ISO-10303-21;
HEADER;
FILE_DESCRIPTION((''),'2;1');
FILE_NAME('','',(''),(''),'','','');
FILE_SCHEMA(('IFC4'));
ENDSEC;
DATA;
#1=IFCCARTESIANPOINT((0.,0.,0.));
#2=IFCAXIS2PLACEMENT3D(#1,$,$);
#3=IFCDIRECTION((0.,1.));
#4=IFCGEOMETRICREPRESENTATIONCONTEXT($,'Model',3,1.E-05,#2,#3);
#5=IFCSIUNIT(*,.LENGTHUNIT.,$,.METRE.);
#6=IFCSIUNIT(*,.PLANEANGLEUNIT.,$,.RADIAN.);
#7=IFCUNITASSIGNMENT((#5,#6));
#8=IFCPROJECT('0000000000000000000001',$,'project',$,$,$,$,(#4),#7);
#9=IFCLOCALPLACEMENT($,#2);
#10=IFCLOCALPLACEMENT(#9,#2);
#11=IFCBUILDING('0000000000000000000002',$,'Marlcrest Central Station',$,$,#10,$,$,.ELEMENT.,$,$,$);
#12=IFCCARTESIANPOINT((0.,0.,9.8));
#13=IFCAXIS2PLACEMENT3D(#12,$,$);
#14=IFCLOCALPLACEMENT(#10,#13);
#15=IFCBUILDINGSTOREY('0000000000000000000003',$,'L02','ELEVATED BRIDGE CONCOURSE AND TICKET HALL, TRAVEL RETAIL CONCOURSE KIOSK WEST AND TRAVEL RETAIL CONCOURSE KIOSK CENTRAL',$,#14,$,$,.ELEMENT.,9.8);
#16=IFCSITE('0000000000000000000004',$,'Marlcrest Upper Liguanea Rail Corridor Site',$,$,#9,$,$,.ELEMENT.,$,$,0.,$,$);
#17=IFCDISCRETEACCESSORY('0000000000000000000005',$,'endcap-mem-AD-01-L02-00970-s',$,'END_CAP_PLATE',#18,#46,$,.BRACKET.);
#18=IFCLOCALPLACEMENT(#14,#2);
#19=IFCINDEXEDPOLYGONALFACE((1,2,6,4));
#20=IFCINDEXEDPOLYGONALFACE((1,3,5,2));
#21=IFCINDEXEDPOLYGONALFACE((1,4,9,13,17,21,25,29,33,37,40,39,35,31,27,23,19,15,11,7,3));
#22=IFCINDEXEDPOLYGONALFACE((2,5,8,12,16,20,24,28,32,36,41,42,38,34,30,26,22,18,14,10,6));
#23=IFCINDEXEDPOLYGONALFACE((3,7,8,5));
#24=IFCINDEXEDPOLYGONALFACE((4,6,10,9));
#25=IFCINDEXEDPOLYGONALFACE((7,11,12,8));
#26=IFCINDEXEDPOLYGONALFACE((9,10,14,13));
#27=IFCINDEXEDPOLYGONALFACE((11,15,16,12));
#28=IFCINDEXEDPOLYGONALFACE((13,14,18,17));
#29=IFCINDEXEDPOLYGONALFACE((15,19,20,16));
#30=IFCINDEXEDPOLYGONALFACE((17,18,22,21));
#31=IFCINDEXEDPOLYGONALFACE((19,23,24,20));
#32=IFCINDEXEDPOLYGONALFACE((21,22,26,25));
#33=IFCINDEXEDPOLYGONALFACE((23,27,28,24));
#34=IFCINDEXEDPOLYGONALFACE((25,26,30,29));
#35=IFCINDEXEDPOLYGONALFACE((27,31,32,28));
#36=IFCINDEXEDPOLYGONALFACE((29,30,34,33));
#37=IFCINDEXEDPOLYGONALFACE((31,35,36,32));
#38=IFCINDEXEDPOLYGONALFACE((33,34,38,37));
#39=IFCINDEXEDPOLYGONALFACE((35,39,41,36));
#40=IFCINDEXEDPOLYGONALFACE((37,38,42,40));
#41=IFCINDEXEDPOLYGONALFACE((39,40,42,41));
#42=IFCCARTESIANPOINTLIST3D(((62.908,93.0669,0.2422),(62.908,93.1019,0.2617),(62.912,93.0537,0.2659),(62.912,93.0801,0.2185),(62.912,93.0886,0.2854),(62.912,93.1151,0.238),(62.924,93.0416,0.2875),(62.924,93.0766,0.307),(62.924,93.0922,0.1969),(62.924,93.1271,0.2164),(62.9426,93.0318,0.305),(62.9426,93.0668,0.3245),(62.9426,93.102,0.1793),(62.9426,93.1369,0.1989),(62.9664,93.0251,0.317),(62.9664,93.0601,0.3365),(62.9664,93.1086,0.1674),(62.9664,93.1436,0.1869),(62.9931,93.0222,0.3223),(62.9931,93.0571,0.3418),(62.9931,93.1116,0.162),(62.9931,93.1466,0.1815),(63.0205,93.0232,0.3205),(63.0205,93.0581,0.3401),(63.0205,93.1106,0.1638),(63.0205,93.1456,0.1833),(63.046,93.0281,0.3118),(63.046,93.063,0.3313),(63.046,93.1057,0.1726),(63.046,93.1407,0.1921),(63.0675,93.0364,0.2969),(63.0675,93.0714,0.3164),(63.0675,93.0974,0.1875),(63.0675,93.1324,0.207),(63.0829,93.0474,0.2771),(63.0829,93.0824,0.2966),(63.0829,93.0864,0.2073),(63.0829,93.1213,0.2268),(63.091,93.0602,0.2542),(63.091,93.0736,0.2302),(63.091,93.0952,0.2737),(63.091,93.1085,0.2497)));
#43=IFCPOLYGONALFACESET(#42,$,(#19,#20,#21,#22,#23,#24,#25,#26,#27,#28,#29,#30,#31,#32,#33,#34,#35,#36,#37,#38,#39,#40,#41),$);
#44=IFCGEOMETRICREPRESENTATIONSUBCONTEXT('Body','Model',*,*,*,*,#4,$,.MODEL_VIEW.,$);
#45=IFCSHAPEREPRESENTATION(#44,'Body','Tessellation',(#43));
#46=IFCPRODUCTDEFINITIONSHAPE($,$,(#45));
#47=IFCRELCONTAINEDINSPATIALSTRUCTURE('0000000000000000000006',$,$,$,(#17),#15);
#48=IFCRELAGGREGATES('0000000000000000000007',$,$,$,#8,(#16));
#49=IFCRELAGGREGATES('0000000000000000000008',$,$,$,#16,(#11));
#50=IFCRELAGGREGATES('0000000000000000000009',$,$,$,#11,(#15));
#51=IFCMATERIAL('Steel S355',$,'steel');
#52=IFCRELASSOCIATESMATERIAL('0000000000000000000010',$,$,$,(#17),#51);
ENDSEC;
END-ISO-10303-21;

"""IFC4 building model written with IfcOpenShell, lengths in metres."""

from ifc_helpers import new_model, si_unit, direction, frame, origin, origin_2d, place, context, subcontext, project, spatial, circle, extrude, material, element, save


model = new_model("IFC4")

# Units and contexts
model_context = context("Model", 3, precision=1e-05, world=origin(), true_north=direction((0.0, 1.0)))
body_context = subcontext(model_context, "Body", "Model", "MODEL_VIEW")
ifc_project = project(units=[si_unit("LENGTHUNIT", "METRE"), si_unit("PLANEANGLEUNIT", "RADIAN")], contexts=[model_context])

# Site, building, storey
site_placement = place(None, origin())
site = spatial("IfcSite", under=ifc_project, at=site_placement, Name="Marlcrest Upper Liguanea Rail Corridor Site", CompositionType="ELEMENT", RefElevation=0.0)
building_placement = place(site_placement, origin())
building = spatial("IfcBuilding", under=site, at=building_placement, Name="Marlcrest Central Station", CompositionType="ELEMENT")
storey_placement = place(building_placement, frame((0.0, 0.0, 9.8)))
storey = spatial("IfcBuildingStorey", under=building, at=storey_placement, Name="L02", Description="ELEVATED BRIDGE CONCOURSE AND TICKET HALL, TRAVEL RETAIL CONCOURSE KIOSK WEST AND TRAVEL RETAIL CONCOURSE KIOSK CENTRAL", CompositionType="ELEMENT", Elevation=9.8)

# Shared definitions
ifc_material_1 = material(Name="Steel S355", Category="steel")

# Discrete accessory
discrete_accessory_1_placement = place(storey_placement, frame((63.0, 93.0669, 0.2422), z_axis=(0.0, 0.873246, 0.48728), x_axis=(-1.0, 0.0, 0.0)))
element("IfcDiscreteAccessory", 1, at=discrete_accessory_1_placement, inside=storey, material=ifc_material_1, Name="endcap-mem-AD-01-L02-00970-s", ObjectType="END_CAP_PLATE", PredefinedType="BRACKET", context=body_context, shape_type="SweptSolid", body=[
    extrude(circle(Radius=0.092, at=origin_2d()), origin(), (0.0, 0.0, 1.0), 0.04),
])

save(model, "model.ifc")
